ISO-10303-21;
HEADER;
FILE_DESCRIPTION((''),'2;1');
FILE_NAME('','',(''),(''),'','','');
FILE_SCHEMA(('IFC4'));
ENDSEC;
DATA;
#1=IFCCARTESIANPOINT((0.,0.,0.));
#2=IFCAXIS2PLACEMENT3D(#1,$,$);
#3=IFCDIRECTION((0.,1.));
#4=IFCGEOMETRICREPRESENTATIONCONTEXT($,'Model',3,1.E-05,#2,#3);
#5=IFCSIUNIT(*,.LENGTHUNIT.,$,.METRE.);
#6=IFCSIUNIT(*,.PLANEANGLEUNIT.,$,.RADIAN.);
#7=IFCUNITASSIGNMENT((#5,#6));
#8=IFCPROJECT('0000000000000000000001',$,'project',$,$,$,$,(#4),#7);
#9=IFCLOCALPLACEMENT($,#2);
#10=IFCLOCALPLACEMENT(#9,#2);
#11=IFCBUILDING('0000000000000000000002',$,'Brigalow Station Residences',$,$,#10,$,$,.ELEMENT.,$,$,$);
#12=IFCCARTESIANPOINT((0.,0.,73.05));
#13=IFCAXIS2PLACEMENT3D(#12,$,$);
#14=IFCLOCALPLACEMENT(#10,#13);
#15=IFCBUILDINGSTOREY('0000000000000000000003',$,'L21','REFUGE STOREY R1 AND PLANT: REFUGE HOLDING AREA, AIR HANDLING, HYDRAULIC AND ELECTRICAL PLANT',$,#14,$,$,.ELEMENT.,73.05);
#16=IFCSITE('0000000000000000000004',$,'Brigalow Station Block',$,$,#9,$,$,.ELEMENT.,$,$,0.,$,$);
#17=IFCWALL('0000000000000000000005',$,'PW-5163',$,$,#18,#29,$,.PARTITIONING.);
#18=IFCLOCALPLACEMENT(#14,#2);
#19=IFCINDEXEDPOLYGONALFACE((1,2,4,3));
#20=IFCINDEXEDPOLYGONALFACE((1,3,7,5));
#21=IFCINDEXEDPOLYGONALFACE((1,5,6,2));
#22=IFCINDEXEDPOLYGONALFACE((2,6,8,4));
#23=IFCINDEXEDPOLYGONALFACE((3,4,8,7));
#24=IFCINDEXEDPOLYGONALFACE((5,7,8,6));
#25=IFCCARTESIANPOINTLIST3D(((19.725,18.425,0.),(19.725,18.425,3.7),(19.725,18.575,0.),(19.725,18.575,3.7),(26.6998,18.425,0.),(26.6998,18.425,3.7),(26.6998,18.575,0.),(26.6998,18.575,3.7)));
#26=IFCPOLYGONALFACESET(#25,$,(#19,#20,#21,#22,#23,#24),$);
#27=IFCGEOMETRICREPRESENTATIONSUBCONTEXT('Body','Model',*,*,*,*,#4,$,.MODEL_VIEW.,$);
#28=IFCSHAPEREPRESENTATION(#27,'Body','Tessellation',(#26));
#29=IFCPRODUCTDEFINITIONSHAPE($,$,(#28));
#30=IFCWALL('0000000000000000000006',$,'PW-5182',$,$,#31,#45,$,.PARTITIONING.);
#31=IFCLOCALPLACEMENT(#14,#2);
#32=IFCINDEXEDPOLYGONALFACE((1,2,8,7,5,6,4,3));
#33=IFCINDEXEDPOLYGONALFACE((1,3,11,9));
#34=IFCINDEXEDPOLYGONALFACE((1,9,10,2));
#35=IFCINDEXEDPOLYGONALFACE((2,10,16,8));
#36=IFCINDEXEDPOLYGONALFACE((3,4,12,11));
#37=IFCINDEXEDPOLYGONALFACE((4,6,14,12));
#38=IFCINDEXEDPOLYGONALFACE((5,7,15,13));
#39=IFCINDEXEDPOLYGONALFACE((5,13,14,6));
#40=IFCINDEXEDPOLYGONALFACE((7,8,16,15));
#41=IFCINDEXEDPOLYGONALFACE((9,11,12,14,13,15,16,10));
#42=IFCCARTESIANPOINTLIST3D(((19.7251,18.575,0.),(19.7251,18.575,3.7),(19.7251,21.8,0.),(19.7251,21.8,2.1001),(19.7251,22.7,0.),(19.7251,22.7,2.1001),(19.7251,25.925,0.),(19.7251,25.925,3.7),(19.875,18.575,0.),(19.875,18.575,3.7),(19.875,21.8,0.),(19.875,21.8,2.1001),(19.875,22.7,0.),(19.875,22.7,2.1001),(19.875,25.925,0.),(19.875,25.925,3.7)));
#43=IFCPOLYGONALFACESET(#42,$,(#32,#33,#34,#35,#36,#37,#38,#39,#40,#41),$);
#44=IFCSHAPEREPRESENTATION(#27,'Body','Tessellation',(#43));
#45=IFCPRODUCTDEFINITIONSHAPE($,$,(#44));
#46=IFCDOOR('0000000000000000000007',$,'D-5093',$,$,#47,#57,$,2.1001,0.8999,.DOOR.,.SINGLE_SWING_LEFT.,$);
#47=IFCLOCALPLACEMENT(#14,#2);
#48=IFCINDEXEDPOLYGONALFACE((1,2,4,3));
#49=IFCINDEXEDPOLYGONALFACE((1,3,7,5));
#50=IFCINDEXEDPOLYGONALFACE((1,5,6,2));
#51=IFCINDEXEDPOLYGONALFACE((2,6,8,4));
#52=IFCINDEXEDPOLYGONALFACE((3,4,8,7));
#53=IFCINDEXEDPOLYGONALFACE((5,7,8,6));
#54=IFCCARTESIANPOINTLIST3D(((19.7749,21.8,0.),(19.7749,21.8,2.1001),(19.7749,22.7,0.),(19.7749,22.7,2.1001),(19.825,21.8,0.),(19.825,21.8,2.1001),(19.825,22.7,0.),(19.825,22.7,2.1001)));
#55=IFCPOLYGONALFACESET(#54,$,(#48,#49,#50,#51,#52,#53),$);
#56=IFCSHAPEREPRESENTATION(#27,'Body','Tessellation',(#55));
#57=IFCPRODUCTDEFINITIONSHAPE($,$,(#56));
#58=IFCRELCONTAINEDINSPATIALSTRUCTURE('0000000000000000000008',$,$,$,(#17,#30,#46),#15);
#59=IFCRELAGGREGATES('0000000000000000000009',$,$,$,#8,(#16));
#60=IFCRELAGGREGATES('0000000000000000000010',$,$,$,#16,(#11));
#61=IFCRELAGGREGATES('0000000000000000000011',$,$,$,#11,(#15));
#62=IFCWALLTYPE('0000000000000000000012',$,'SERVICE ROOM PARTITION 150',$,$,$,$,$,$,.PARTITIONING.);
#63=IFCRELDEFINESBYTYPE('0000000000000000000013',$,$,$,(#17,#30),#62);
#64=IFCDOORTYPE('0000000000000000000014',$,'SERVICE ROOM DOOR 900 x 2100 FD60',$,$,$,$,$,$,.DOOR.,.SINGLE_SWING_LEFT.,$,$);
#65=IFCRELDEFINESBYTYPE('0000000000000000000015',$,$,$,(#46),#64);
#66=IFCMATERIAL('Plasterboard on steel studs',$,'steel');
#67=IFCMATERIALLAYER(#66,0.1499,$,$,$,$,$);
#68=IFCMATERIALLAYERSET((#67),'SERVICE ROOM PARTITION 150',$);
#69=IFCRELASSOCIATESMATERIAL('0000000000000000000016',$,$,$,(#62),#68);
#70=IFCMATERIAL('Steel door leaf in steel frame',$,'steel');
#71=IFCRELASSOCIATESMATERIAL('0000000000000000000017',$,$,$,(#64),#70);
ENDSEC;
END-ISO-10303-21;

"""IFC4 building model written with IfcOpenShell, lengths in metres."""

from ifc_helpers import new_model, si_unit, direction, frame, frame_2d, origin, place, context, subcontext, project, spatial, rectangle, extrude, material, layer, layer_set, type_object, element, fill, save


model = new_model("IFC4")

# Units and contexts
model_context = context("Model", 3, precision=1e-05, world=origin(), true_north=direction((0.0, 1.0)))
body_context = subcontext(model_context, "Body", "Model", "MODEL_VIEW")
ifc_project = project(units=[si_unit("LENGTHUNIT", "METRE"), si_unit("PLANEANGLEUNIT", "RADIAN")], contexts=[model_context])

# Site, building, storey
site_placement = place(None, origin())
site = spatial("IfcSite", under=ifc_project, at=site_placement, Name="Brigalow Station Block", CompositionType="ELEMENT", RefElevation=0.0)
building_placement = place(site_placement, origin())
building = spatial("IfcBuilding", under=site, at=building_placement, Name="Brigalow Station Residences", CompositionType="ELEMENT")
storey_placement = place(building_placement, frame((0.0, 0.0, 73.05)))
storey = spatial("IfcBuildingStorey", under=building, at=storey_placement, Name="L21", Description="REFUGE STOREY R1 AND PLANT: REFUGE HOLDING AREA, AIR HANDLING, HYDRAULIC AND ELECTRICAL PLANT", CompositionType="ELEMENT", Elevation=73.05)

# Wall
ifc_material_1 = material(Name="Plasterboard on steel studs", Category="steel")
ifc_layer_1 = layer(ifc_material_1, 0.1499)
ifc_layer_set_1 = layer_set([ifc_layer_1], Name="SERVICE ROOM PARTITION 150")
wall_type_1 = type_object("IfcWallType", Name="SERVICE ROOM PARTITION 150", PredefinedType="PARTITIONING", material=ifc_layer_set_1)
wall_1_placement = place(storey_placement, frame((19.7251, 18.5, 0.0), z_axis=(0.0, 0.0, 1.0), x_axis=(1.0, 0.0, 0.0)))
element("IfcWall", 1, at=wall_1_placement, inside=storey, type_object=wall_type_1, Name="PW-5163", PredefinedType="PARTITIONING", context=body_context, shape_type="SweptSolid", body=[
    extrude(rectangle(XDim=6.9749, YDim=0.1499, at=frame_2d((3.4873, 0.0))), origin(), (0.0, 0.0, 1.0), 3.7),
])

# Wall, opening, door
wall_2_placement = place(storey_placement, frame((19.8, 18.575, 0.0), z_axis=(0.0, 0.0, 1.0), x_axis=(0.0, 1.0, 0.0)))
wall_2 = element("IfcWall", 2, at=wall_2_placement, inside=storey, type_object=wall_type_1, Name="PW-5182", PredefinedType="PARTITIONING", context=body_context, shape_type="SweptSolid", body=[
    extrude(rectangle(XDim=7.3501, YDim=0.1499, at=frame_2d((3.675, 0.0))), origin(), (0.0, 0.0, 1.0), 3.7),
])
opening_1_placement = place(wall_2_placement, frame((3.2251, 0.0, 0.0)))
opening_1 = element("IfcOpeningElement", 3, at=opening_1_placement, cuts=wall_2, PredefinedType="OPENING", context=body_context, shape_type="SweptSolid", body=[
    extrude(rectangle(XDim=0.8999, YDim=2.1001, at=frame_2d((0.45, 1.05))), frame((0.0, 0.085, 0.0), z_axis=(0.0, -1.0, 0.0), x_axis=(1.0, 0.0, 0.0)), (0.0, 0.0, 1.0), 0.1699),
])
ifc_material_2 = material(Name="Steel door leaf in steel frame", Category="steel")
door_type_1 = type_object("IfcDoorType", Name="SERVICE ROOM DOOR 900 x 2100 FD60", OperationType="SINGLE_SWING_LEFT", PredefinedType="DOOR", material=ifc_material_2)
door_1_placement = place(opening_1_placement, frame((0.8999, 0.0, 0.0), z_axis=(0.0, 0.0, 1.0), x_axis=(-1.0, 0.0, 0.0)))
door_1 = element("IfcDoor", 4, at=door_1_placement, inside=storey, type_object=door_type_1, Name="D-5093", OperationType="SINGLE_SWING_LEFT", OverallHeight=2.1001, OverallWidth=0.8999, PredefinedType="DOOR", context=body_context, shape_type="SweptSolid", body=[
    extrude(rectangle(XDim=0.8999, YDim=2.1001, at=frame_2d((0.45, 1.05))), frame((0.0, 0.0249, 0.0), z_axis=(0.0, -1.0, 0.0), x_axis=(1.0, 0.0, 0.0)), (0.0, 0.0, 1.0), 0.05),
])
fill(opening_1, door_1)

save(model, "model.ifc")
